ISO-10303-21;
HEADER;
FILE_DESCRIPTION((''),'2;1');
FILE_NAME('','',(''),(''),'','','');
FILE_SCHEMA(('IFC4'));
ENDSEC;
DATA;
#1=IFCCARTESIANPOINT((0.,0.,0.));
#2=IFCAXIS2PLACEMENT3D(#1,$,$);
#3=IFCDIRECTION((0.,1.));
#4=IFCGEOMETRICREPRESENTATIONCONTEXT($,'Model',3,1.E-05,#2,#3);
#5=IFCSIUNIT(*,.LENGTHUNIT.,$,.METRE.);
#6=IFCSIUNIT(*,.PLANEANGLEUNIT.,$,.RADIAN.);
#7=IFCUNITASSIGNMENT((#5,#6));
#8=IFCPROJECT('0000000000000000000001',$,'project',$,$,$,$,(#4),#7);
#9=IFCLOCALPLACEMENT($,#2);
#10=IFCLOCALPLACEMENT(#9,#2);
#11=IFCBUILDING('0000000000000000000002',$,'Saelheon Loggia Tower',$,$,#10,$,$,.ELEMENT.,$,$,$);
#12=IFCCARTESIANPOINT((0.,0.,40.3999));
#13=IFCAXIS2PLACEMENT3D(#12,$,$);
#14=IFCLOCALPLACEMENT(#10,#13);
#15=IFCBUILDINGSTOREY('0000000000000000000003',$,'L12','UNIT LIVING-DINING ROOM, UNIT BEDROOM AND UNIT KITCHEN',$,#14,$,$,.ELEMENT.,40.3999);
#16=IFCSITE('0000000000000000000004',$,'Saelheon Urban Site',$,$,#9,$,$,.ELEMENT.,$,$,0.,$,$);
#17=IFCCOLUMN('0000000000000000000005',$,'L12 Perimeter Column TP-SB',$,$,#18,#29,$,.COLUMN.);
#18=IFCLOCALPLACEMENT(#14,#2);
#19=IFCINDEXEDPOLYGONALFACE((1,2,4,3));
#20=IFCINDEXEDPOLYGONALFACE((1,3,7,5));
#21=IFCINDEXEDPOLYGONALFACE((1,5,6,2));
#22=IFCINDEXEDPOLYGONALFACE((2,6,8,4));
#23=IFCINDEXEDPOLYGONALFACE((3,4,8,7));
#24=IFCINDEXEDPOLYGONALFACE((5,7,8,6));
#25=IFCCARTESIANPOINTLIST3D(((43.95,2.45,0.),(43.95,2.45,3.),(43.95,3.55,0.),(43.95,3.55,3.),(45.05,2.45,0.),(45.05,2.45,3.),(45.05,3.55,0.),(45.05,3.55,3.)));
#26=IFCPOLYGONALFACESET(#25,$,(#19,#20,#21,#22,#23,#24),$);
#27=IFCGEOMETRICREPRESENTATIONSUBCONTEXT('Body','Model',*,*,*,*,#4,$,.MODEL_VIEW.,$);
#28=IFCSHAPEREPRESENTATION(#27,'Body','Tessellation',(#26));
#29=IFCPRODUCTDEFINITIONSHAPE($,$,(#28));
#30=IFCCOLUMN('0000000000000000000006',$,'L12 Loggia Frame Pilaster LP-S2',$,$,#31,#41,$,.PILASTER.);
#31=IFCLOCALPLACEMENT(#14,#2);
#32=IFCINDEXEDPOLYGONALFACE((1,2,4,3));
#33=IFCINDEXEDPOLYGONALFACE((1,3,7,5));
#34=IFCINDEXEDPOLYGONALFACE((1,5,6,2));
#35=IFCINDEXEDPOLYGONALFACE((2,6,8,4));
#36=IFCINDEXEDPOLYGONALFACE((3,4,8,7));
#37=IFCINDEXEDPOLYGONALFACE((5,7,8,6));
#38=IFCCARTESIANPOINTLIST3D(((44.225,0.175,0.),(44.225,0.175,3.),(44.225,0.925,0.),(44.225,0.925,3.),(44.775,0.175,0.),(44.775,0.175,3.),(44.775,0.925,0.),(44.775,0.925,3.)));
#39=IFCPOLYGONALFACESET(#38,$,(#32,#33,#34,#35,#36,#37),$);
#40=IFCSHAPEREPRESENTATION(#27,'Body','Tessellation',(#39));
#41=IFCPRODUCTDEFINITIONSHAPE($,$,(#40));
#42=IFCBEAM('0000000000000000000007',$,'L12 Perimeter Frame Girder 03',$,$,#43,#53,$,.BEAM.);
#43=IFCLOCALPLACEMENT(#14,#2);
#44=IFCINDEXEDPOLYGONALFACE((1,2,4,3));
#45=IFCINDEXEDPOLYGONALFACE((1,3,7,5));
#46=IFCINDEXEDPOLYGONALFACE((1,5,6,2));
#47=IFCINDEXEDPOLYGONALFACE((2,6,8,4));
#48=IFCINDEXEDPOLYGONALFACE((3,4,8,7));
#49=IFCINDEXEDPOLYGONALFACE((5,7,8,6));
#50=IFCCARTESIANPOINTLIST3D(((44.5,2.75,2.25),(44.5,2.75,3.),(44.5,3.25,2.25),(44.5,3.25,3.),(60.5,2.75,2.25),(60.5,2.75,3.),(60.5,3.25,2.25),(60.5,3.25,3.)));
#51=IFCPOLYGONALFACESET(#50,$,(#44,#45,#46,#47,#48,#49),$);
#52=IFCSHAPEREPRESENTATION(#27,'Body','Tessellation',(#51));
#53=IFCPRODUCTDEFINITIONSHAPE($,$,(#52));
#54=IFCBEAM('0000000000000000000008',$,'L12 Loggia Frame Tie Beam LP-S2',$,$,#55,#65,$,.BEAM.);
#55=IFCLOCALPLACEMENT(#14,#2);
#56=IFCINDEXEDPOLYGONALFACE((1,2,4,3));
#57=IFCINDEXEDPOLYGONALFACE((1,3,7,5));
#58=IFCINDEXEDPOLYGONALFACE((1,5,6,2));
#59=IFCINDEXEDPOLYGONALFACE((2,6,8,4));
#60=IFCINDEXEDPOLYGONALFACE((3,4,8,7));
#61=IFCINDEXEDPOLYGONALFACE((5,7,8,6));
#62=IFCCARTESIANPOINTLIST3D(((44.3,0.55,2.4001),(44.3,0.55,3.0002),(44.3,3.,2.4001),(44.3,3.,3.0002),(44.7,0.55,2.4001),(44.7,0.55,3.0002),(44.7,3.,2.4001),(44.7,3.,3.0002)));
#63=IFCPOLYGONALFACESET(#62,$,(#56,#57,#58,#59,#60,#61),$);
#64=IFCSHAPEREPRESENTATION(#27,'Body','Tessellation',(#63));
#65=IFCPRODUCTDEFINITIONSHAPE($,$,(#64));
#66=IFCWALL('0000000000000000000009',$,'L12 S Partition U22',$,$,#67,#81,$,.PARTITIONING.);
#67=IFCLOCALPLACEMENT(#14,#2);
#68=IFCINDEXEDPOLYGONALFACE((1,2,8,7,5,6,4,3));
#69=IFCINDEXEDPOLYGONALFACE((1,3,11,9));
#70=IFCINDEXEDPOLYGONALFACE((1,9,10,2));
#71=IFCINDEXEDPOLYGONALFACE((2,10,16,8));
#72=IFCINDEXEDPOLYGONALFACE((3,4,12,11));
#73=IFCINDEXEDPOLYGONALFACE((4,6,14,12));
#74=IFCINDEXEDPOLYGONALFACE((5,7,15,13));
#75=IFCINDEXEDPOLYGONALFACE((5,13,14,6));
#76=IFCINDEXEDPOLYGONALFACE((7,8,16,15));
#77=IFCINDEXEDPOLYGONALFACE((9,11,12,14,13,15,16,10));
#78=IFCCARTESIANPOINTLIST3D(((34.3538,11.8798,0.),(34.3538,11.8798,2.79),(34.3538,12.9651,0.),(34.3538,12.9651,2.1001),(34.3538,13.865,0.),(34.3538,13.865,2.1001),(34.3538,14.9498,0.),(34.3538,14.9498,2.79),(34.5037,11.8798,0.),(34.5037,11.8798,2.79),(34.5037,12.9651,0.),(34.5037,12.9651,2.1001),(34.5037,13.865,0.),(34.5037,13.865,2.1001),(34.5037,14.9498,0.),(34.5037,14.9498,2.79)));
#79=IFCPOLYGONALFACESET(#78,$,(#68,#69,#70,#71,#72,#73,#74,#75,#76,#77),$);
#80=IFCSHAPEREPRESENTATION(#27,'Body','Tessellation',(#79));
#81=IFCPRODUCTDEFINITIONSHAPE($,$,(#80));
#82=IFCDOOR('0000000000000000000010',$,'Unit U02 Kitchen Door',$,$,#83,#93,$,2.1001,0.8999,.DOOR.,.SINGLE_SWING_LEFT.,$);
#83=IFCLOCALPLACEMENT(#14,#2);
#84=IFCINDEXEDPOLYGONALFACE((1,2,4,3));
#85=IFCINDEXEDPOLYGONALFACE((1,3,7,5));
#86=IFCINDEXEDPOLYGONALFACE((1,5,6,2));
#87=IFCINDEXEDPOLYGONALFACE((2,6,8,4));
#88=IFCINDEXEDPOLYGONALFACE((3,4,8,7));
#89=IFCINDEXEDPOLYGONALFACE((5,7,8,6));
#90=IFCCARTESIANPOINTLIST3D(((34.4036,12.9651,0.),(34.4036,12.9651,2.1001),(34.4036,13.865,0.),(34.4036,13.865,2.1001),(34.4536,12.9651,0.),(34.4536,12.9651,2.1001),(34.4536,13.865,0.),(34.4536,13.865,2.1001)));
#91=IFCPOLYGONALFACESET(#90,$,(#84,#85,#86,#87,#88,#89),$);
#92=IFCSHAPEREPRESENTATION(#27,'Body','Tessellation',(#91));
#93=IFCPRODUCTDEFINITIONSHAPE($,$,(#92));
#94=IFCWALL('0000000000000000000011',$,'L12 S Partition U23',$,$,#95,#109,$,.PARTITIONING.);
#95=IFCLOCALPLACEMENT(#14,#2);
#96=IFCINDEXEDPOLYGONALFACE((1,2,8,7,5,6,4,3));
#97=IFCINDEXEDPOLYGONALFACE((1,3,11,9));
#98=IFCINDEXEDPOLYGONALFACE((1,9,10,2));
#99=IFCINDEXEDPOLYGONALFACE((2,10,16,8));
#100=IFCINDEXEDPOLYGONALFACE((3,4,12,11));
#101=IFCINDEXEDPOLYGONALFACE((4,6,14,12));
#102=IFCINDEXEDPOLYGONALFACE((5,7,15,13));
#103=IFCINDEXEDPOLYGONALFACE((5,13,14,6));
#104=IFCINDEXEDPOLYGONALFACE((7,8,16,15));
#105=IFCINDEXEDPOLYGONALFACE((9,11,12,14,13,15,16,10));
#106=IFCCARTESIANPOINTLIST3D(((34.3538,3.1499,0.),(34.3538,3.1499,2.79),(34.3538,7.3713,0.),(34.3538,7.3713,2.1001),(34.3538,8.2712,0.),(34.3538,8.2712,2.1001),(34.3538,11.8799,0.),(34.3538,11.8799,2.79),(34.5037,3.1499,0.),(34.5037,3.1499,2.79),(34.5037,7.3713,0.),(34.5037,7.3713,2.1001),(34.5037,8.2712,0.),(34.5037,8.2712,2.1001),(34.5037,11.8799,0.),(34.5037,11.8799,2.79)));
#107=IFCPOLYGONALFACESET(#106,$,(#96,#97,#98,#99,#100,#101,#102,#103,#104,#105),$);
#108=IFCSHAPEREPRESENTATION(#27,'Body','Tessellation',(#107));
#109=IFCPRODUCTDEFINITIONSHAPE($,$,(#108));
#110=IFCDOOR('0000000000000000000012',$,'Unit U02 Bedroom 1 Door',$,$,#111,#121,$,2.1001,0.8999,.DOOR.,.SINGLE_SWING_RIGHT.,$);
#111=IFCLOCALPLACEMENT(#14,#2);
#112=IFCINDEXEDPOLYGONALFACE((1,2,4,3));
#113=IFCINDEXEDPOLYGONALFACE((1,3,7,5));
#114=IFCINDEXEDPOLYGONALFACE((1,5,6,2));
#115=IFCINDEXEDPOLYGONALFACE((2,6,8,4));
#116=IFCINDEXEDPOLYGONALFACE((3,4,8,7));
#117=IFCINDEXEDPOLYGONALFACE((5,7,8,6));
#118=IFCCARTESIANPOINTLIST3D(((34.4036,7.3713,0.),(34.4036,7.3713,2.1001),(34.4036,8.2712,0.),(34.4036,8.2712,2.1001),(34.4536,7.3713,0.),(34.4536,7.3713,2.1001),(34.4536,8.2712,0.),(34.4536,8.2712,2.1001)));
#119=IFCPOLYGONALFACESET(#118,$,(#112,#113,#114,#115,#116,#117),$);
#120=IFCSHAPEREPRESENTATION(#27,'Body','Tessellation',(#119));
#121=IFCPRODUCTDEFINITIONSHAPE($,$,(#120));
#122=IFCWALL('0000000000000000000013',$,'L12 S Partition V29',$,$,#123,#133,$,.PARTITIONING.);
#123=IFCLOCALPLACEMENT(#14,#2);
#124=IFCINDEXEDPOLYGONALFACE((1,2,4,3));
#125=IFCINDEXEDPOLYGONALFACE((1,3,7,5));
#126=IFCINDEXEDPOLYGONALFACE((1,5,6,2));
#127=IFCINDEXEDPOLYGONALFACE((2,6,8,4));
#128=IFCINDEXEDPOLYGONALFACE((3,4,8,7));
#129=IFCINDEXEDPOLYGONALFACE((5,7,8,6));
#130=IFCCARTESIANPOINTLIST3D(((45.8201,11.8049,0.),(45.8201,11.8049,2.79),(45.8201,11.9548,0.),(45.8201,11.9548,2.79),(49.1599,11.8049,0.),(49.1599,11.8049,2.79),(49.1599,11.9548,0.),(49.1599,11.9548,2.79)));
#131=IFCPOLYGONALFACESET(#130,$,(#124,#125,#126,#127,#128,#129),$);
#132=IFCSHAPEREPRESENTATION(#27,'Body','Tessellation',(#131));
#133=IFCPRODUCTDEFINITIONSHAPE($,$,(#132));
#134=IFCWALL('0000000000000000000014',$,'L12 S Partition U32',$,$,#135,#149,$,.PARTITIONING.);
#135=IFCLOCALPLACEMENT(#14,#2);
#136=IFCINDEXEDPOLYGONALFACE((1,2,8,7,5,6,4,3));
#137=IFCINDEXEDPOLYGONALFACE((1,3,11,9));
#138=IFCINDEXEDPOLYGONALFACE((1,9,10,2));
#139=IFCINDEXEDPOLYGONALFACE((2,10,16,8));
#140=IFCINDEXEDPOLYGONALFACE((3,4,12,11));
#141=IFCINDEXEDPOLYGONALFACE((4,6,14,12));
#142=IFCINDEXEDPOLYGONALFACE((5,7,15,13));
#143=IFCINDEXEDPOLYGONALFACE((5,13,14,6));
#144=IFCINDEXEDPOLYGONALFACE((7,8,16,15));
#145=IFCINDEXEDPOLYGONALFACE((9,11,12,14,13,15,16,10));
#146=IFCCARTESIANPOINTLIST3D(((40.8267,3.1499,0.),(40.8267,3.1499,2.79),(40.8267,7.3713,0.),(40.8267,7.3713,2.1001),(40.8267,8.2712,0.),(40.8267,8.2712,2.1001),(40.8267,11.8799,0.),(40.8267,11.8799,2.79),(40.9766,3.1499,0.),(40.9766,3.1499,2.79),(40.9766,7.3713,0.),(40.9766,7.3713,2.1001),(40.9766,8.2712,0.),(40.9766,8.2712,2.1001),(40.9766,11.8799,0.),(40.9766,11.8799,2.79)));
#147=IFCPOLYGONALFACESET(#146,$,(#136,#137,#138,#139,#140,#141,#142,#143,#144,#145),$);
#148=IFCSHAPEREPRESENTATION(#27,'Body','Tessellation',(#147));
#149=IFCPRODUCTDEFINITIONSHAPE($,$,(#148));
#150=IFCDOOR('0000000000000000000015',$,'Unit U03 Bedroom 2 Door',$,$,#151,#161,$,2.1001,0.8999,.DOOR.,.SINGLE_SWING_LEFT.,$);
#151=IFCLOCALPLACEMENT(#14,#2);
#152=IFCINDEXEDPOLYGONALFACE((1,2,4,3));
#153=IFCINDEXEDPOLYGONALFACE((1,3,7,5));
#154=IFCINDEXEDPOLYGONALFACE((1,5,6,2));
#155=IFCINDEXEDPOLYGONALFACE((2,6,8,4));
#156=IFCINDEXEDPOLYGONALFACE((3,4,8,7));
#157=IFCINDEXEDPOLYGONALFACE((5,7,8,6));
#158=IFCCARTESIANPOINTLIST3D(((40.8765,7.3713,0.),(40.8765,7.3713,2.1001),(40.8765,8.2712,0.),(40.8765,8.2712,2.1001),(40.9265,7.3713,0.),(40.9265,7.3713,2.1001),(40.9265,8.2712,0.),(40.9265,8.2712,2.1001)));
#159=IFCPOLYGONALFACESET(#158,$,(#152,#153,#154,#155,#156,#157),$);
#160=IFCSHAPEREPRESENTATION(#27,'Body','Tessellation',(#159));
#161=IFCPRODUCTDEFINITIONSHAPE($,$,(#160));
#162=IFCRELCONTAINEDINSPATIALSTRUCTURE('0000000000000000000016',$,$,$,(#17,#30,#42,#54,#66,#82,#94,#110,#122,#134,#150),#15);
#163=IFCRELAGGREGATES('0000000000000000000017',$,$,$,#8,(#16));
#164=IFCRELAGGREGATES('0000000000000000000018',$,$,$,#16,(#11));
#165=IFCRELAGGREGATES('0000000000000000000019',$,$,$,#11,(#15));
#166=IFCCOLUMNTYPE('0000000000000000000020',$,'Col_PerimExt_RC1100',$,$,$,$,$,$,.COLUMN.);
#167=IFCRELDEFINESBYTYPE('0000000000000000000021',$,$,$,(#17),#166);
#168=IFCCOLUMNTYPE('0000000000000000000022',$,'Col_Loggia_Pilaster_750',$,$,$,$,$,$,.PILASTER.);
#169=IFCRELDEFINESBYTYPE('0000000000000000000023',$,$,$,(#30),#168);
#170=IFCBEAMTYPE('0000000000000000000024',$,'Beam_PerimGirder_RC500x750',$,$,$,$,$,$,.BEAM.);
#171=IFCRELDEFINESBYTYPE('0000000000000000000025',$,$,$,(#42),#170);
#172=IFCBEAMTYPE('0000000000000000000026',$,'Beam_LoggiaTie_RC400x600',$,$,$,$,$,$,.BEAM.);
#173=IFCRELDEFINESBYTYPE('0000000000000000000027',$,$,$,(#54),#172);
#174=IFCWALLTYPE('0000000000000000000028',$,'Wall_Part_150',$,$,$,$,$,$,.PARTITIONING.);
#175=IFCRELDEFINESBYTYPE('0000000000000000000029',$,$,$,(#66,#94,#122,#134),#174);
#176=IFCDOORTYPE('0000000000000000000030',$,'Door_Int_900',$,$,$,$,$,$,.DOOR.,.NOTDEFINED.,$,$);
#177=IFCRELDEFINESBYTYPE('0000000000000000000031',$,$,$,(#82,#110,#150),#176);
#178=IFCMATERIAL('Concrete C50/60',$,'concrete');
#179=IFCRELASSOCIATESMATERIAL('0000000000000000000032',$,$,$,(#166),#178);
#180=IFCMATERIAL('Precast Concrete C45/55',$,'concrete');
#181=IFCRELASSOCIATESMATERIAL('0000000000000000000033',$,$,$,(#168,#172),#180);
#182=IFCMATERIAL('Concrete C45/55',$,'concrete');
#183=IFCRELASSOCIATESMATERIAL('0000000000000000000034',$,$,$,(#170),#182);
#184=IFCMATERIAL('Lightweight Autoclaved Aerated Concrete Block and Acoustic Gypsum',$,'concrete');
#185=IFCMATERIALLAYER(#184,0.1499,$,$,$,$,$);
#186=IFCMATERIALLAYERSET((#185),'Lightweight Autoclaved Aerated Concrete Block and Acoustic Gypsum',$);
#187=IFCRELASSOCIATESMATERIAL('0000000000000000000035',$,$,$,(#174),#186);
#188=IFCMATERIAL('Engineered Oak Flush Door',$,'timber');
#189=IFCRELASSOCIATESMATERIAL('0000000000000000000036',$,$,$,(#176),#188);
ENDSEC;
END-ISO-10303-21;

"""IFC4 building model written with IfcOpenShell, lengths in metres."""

from ifc_helpers import new_model, si_unit, direction, frame, frame_2d, origin, origin_2d, place, context, subcontext, project, spatial, rectangle, extrude, source, transform, mapped, material, layer, layer_set, material_profile, profile_set, type_object, element, fill, save


model = new_model("IFC4")

# Units and contexts
model_context = context("Model", 3, precision=1e-05, world=origin(), true_north=direction((0.0, 1.0)))
body_context = subcontext(model_context, "Body", "Model", "MODEL_VIEW")
ifc_project = project(units=[si_unit("LENGTHUNIT", "METRE"), si_unit("PLANEANGLEUNIT", "RADIAN")], contexts=[model_context])

# Site, building, storey
site_placement = place(None, origin())
site = spatial("IfcSite", under=ifc_project, at=site_placement, Name="Saelheon Urban Site", CompositionType="ELEMENT", RefElevation=0.0)
building_placement = place(site_placement, origin())
building = spatial("IfcBuilding", under=site, at=building_placement, Name="Saelheon Loggia Tower", CompositionType="ELEMENT")
storey_placement = place(building_placement, frame((0.0, 0.0, 40.3999)))
storey = spatial("IfcBuildingStorey", under=building, at=storey_placement, Name="L12", Description="UNIT LIVING-DINING ROOM, UNIT BEDROOM AND UNIT KITCHEN", CompositionType="ELEMENT", Elevation=40.3999)

# Columns
ifc_material_1 = material(Name="Concrete C50/60", Category="concrete")
ifc_material_profile_1 = material_profile(ifc_material_1, rectangle(XDim=1.1001, YDim=1.1001, at=origin_2d()), Name="RC-1100x1100")
ifc_profile_set_1 = profile_set([ifc_material_profile_1], Name="Concrete C50/60")
column_type_1 = type_object("IfcColumnType", Name="Col_PerimExt_RC1100", PredefinedType="COLUMN", material=ifc_profile_set_1)
shared_shape_1 = source(origin(), body_context, "Body", "SweptSolid", [
    extrude(rectangle(XDim=1.1001, YDim=1.1001, at=origin_2d()), origin(), (0.0, 0.0, 1.0), 3.0),
])
column_1_placement = place(storey_placement, frame((44.5, 3.0, 0.0), z_axis=(0.0, 0.0, 1.0), x_axis=(1.0, 0.0, 0.0)))
element("IfcColumn", 1, at=column_1_placement, inside=storey, type_object=column_type_1, Name="L12 Perimeter Column TP-SB", PredefinedType="COLUMN", context=body_context, shape_type="MappedRepresentation", body=[
    mapped(shared_shape_1, transform((0.0, 0.0, 0.0), scale=1.0)),
])
ifc_material_2 = material(Name="Precast Concrete C45/55", Category="concrete")
ifc_material_profile_2 = material_profile(ifc_material_2, rectangle(XDim=0.55, YDim=0.75, at=origin_2d()), Name="RC-550x750")
ifc_profile_set_2 = profile_set([ifc_material_profile_2], Name="Precast Concrete C45/55")
column_type_2 = type_object("IfcColumnType", Name="Col_Loggia_Pilaster_750", PredefinedType="PILASTER", material=ifc_profile_set_2)
shared_shape_2 = source(origin(), body_context, "Body", "SweptSolid", [
    extrude(rectangle(XDim=0.55, YDim=0.75, at=origin_2d()), origin(), (0.0, 0.0, 1.0), 3.0),
])
column_2_placement = place(storey_placement, frame((44.5, 0.55, 0.0), z_axis=(0.0, 0.0, 1.0), x_axis=(1.0, 0.0, 0.0)))
element("IfcColumn", 2, at=column_2_placement, inside=storey, type_object=column_type_2, Name="L12 Loggia Frame Pilaster LP-S2", PredefinedType="PILASTER", context=body_context, shape_type="MappedRepresentation", body=[
    mapped(shared_shape_2, transform((0.0, 0.0, 0.0), scale=1.0)),
])

# Beams
ifc_material_3 = material(Name="Concrete C45/55", Category="concrete")
ifc_material_profile_3 = material_profile(ifc_material_3, rectangle(XDim=0.5, YDim=0.75, at=origin_2d()), Name="RC-500x750")
ifc_profile_set_3 = profile_set([ifc_material_profile_3], Name="Concrete C45/55")
beam_type_1 = type_object("IfcBeamType", Name="Beam_PerimGirder_RC500x750", PredefinedType="BEAM", material=ifc_profile_set_3)
shared_shape_3 = source(origin(), body_context, "Body", "SweptSolid", [
    extrude(rectangle(XDim=0.5, YDim=0.75, at=origin_2d()), origin(), (0.0, 0.0, 1.0), 16.0),
])
beam_1_placement = place(storey_placement, frame((44.5, 3.0, 2.625), z_axis=(1.0, 0.0, 0.0), x_axis=(0.0, 1.0, 0.0)))
element("IfcBeam", 3, at=beam_1_placement, inside=storey, type_object=beam_type_1, Name="L12 Perimeter Frame Girder 03", PredefinedType="BEAM", context=body_context, shape_type="MappedRepresentation", body=[
    mapped(shared_shape_3, transform((0.0, 0.0, 0.0), scale=1.0)),
])
ifc_material_profile_4 = material_profile(ifc_material_2, rectangle(XDim=0.3999, YDim=0.6001, at=origin_2d()), Name="RC-400x600")
ifc_profile_set_4 = profile_set([ifc_material_profile_4], Name="Precast Concrete C45/55")
beam_type_2 = type_object("IfcBeamType", Name="Beam_LoggiaTie_RC400x600", PredefinedType="BEAM", material=ifc_profile_set_4)
shared_shape_4 = source(origin(), body_context, "Body", "SweptSolid", [
    extrude(rectangle(XDim=0.3999, YDim=0.6001, at=origin_2d()), origin(), (0.0, 0.0, 1.0), 2.45),
])
beam_2_placement = place(storey_placement, frame((44.5, 3.0, 2.7002), z_axis=(0.0, -1.0, 0.0), x_axis=(1.0, 0.0, 0.0)))
element("IfcBeam", 4, at=beam_2_placement, inside=storey, type_object=beam_type_2, Name="L12 Loggia Frame Tie Beam LP-S2", PredefinedType="BEAM", context=body_context, shape_type="MappedRepresentation", body=[
    mapped(shared_shape_4, transform((0.0, 0.0, 0.0), scale=1.0)),
])

# Walls, openings, doors
ifc_material_4 = material(Name="Lightweight Autoclaved Aerated Concrete Block and Acoustic Gypsum", Category="concrete")
ifc_layer_1 = layer(ifc_material_4, 0.1499)
ifc_layer_set_1 = layer_set([ifc_layer_1], Name="Lightweight Autoclaved Aerated Concrete Block and Acoustic Gypsum")
wall_type_1 = type_object("IfcWallType", Name="Wall_Part_150", PredefinedType="PARTITIONING", material=ifc_layer_set_1)
wall_1_placement = place(storey_placement, frame((34.4287, 14.95, 0.0), z_axis=(0.0, 0.0, 1.0), x_axis=(0.0, -1.0, 0.0)))
wall_1 = element("IfcWall", 5, at=wall_1_placement, inside=storey, type_object=wall_type_1, Name="L12 S Partition U22", PredefinedType="PARTITIONING", context=body_context, shape_type="SweptSolid", body=[
    extrude(rectangle(XDim=3.0701, YDim=0.1499, at=frame_2d((1.5352, 0.0))), origin(), (0.0, 0.0, 1.0), 2.79),
])
opening_1_placement = place(wall_1_placement, frame((1.085, 0.0, 0.0)))
opening_1 = element("IfcOpeningElement", 6, at=opening_1_placement, cuts=wall_1, PredefinedType="OPENING", context=body_context, shape_type="SweptSolid", body=[
    extrude(rectangle(XDim=0.8999, YDim=2.1001, at=frame_2d((0.45, 1.05))), frame((0.0, 0.0869, 0.0), z_axis=(0.0, -1.0, 0.0), x_axis=(1.0, 0.0, 0.0)), (0.0, 0.0, 1.0), 0.1738),
])
ifc_material_5 = material(Name="Engineered Oak Flush Door", Category="timber")
door_type_1 = type_object("IfcDoorType", Name="Door_Int_900", OperationType="NOTDEFINED", PredefinedType="DOOR", material=ifc_material_5)
shared_shape_5 = source(origin(), body_context, "Body", "SweptSolid", [
    extrude(rectangle(XDim=0.8999, YDim=2.1001, at=frame_2d((0.45, 1.05))), frame((0.0, 0.0249, 0.0), z_axis=(0.0, -1.0, 0.0), x_axis=(1.0, 0.0, 0.0)), (0.0, 0.0, 1.0), 0.05),
])
door_1_placement = place(opening_1_placement, origin())
door_1 = element("IfcDoor", 7, at=door_1_placement, inside=storey, type_object=door_type_1, Name="Unit U02 Kitchen Door", OperationType="SINGLE_SWING_LEFT", OverallHeight=2.1001, OverallWidth=0.8999, PredefinedType="DOOR", context=body_context, shape_type="MappedRepresentation", body=[
    mapped(shared_shape_5, transform((0.0, 0.0, 0.0), scale=1.0)),
])
fill(opening_1, door_1)
wall_2_placement = place(storey_placement, frame((34.4287, 11.8799, 0.0), z_axis=(0.0, 0.0, 1.0), x_axis=(0.0, -1.0, 0.0)))
wall_2 = element("IfcWall", 8, at=wall_2_placement, inside=storey, type_object=wall_type_1, Name="L12 S Partition U23", PredefinedType="PARTITIONING", context=body_context, shape_type="SweptSolid", body=[
    extrude(rectangle(XDim=8.73, YDim=0.1499, at=frame_2d((4.365, 0.0))), origin(), (0.0, 0.0, 1.0), 2.79),
])
opening_2_placement = place(wall_2_placement, frame((3.6086, 0.0, 0.0)))
opening_2 = element("IfcOpeningElement", 9, at=opening_2_placement, cuts=wall_2, PredefinedType="OPENING", context=body_context, shape_type="SweptSolid", body=[
    extrude(rectangle(XDim=0.8999, YDim=2.1001, at=frame_2d((0.45, 1.05))), frame((0.0, 0.0869, 0.0), z_axis=(0.0, -1.0, 0.0), x_axis=(1.0, 0.0, 0.0)), (0.0, 0.0, 1.0), 0.1738),
])
door_2_placement = place(opening_2_placement, origin())
door_2 = element("IfcDoor", 10, at=door_2_placement, inside=storey, type_object=door_type_1, Name="Unit U02 Bedroom 1 Door", OperationType="SINGLE_SWING_RIGHT", OverallHeight=2.1001, OverallWidth=0.8999, PredefinedType="DOOR", context=body_context, shape_type="MappedRepresentation", body=[
    mapped(shared_shape_5, transform((0.0, 0.0, 0.0), scale=1.0)),
])
fill(opening_2, door_2)

# Wall
wall_3_placement = place(storey_placement, frame((45.8201, 11.8799, 0.0), z_axis=(0.0, 0.0, 1.0), x_axis=(1.0, 0.0, 0.0)))
element("IfcWall", 11, at=wall_3_placement, inside=storey, type_object=wall_type_1, Name="L12 S Partition V29", PredefinedType="PARTITIONING", context=body_context, shape_type="SweptSolid", body=[
    extrude(rectangle(XDim=3.3398, YDim=0.1499, at=frame_2d((1.6699, 0.0))), origin(), (0.0, 0.0, 1.0), 2.79),
])

# Wall, opening, door
wall_4_placement = place(storey_placement, frame((40.9016, 11.8799, 0.0), z_axis=(0.0, 0.0, 1.0), x_axis=(0.0, -1.0, 0.0)))
wall_4 = element("IfcWall", 12, at=wall_4_placement, inside=storey, type_object=wall_type_1, Name="L12 S Partition U32", PredefinedType="PARTITIONING", context=body_context, shape_type="SweptSolid", body=[
    extrude(rectangle(XDim=8.73, YDim=0.1499, at=frame_2d((4.365, 0.0))), origin(), (0.0, 0.0, 1.0), 2.79),
])
opening_3_placement = place(wall_4_placement, frame((3.6086, 0.0, 0.0)))
opening_3 = element("IfcOpeningElement", 13, at=opening_3_placement, cuts=wall_4, PredefinedType="OPENING", context=body_context, shape_type="SweptSolid", body=[
    extrude(rectangle(XDim=0.8999, YDim=2.1001, at=frame_2d((0.45, 1.05))), frame((0.0, 0.0869, 0.0), z_axis=(0.0, -1.0, 0.0), x_axis=(1.0, 0.0, 0.0)), (0.0, 0.0, 1.0), 0.1738),
])
door_3_placement = place(opening_3_placement, origin())
door_3 = element("IfcDoor", 14, at=door_3_placement, inside=storey, type_object=door_type_1, Name="Unit U03 Bedroom 2 Door", OperationType="SINGLE_SWING_LEFT", OverallHeight=2.1001, OverallWidth=0.8999, PredefinedType="DOOR", context=body_context, shape_type="MappedRepresentation", body=[
    mapped(shared_shape_5, transform((0.0, 0.0, 0.0), scale=1.0)),
])
fill(opening_3, door_3)

save(model, "model.ifc")
